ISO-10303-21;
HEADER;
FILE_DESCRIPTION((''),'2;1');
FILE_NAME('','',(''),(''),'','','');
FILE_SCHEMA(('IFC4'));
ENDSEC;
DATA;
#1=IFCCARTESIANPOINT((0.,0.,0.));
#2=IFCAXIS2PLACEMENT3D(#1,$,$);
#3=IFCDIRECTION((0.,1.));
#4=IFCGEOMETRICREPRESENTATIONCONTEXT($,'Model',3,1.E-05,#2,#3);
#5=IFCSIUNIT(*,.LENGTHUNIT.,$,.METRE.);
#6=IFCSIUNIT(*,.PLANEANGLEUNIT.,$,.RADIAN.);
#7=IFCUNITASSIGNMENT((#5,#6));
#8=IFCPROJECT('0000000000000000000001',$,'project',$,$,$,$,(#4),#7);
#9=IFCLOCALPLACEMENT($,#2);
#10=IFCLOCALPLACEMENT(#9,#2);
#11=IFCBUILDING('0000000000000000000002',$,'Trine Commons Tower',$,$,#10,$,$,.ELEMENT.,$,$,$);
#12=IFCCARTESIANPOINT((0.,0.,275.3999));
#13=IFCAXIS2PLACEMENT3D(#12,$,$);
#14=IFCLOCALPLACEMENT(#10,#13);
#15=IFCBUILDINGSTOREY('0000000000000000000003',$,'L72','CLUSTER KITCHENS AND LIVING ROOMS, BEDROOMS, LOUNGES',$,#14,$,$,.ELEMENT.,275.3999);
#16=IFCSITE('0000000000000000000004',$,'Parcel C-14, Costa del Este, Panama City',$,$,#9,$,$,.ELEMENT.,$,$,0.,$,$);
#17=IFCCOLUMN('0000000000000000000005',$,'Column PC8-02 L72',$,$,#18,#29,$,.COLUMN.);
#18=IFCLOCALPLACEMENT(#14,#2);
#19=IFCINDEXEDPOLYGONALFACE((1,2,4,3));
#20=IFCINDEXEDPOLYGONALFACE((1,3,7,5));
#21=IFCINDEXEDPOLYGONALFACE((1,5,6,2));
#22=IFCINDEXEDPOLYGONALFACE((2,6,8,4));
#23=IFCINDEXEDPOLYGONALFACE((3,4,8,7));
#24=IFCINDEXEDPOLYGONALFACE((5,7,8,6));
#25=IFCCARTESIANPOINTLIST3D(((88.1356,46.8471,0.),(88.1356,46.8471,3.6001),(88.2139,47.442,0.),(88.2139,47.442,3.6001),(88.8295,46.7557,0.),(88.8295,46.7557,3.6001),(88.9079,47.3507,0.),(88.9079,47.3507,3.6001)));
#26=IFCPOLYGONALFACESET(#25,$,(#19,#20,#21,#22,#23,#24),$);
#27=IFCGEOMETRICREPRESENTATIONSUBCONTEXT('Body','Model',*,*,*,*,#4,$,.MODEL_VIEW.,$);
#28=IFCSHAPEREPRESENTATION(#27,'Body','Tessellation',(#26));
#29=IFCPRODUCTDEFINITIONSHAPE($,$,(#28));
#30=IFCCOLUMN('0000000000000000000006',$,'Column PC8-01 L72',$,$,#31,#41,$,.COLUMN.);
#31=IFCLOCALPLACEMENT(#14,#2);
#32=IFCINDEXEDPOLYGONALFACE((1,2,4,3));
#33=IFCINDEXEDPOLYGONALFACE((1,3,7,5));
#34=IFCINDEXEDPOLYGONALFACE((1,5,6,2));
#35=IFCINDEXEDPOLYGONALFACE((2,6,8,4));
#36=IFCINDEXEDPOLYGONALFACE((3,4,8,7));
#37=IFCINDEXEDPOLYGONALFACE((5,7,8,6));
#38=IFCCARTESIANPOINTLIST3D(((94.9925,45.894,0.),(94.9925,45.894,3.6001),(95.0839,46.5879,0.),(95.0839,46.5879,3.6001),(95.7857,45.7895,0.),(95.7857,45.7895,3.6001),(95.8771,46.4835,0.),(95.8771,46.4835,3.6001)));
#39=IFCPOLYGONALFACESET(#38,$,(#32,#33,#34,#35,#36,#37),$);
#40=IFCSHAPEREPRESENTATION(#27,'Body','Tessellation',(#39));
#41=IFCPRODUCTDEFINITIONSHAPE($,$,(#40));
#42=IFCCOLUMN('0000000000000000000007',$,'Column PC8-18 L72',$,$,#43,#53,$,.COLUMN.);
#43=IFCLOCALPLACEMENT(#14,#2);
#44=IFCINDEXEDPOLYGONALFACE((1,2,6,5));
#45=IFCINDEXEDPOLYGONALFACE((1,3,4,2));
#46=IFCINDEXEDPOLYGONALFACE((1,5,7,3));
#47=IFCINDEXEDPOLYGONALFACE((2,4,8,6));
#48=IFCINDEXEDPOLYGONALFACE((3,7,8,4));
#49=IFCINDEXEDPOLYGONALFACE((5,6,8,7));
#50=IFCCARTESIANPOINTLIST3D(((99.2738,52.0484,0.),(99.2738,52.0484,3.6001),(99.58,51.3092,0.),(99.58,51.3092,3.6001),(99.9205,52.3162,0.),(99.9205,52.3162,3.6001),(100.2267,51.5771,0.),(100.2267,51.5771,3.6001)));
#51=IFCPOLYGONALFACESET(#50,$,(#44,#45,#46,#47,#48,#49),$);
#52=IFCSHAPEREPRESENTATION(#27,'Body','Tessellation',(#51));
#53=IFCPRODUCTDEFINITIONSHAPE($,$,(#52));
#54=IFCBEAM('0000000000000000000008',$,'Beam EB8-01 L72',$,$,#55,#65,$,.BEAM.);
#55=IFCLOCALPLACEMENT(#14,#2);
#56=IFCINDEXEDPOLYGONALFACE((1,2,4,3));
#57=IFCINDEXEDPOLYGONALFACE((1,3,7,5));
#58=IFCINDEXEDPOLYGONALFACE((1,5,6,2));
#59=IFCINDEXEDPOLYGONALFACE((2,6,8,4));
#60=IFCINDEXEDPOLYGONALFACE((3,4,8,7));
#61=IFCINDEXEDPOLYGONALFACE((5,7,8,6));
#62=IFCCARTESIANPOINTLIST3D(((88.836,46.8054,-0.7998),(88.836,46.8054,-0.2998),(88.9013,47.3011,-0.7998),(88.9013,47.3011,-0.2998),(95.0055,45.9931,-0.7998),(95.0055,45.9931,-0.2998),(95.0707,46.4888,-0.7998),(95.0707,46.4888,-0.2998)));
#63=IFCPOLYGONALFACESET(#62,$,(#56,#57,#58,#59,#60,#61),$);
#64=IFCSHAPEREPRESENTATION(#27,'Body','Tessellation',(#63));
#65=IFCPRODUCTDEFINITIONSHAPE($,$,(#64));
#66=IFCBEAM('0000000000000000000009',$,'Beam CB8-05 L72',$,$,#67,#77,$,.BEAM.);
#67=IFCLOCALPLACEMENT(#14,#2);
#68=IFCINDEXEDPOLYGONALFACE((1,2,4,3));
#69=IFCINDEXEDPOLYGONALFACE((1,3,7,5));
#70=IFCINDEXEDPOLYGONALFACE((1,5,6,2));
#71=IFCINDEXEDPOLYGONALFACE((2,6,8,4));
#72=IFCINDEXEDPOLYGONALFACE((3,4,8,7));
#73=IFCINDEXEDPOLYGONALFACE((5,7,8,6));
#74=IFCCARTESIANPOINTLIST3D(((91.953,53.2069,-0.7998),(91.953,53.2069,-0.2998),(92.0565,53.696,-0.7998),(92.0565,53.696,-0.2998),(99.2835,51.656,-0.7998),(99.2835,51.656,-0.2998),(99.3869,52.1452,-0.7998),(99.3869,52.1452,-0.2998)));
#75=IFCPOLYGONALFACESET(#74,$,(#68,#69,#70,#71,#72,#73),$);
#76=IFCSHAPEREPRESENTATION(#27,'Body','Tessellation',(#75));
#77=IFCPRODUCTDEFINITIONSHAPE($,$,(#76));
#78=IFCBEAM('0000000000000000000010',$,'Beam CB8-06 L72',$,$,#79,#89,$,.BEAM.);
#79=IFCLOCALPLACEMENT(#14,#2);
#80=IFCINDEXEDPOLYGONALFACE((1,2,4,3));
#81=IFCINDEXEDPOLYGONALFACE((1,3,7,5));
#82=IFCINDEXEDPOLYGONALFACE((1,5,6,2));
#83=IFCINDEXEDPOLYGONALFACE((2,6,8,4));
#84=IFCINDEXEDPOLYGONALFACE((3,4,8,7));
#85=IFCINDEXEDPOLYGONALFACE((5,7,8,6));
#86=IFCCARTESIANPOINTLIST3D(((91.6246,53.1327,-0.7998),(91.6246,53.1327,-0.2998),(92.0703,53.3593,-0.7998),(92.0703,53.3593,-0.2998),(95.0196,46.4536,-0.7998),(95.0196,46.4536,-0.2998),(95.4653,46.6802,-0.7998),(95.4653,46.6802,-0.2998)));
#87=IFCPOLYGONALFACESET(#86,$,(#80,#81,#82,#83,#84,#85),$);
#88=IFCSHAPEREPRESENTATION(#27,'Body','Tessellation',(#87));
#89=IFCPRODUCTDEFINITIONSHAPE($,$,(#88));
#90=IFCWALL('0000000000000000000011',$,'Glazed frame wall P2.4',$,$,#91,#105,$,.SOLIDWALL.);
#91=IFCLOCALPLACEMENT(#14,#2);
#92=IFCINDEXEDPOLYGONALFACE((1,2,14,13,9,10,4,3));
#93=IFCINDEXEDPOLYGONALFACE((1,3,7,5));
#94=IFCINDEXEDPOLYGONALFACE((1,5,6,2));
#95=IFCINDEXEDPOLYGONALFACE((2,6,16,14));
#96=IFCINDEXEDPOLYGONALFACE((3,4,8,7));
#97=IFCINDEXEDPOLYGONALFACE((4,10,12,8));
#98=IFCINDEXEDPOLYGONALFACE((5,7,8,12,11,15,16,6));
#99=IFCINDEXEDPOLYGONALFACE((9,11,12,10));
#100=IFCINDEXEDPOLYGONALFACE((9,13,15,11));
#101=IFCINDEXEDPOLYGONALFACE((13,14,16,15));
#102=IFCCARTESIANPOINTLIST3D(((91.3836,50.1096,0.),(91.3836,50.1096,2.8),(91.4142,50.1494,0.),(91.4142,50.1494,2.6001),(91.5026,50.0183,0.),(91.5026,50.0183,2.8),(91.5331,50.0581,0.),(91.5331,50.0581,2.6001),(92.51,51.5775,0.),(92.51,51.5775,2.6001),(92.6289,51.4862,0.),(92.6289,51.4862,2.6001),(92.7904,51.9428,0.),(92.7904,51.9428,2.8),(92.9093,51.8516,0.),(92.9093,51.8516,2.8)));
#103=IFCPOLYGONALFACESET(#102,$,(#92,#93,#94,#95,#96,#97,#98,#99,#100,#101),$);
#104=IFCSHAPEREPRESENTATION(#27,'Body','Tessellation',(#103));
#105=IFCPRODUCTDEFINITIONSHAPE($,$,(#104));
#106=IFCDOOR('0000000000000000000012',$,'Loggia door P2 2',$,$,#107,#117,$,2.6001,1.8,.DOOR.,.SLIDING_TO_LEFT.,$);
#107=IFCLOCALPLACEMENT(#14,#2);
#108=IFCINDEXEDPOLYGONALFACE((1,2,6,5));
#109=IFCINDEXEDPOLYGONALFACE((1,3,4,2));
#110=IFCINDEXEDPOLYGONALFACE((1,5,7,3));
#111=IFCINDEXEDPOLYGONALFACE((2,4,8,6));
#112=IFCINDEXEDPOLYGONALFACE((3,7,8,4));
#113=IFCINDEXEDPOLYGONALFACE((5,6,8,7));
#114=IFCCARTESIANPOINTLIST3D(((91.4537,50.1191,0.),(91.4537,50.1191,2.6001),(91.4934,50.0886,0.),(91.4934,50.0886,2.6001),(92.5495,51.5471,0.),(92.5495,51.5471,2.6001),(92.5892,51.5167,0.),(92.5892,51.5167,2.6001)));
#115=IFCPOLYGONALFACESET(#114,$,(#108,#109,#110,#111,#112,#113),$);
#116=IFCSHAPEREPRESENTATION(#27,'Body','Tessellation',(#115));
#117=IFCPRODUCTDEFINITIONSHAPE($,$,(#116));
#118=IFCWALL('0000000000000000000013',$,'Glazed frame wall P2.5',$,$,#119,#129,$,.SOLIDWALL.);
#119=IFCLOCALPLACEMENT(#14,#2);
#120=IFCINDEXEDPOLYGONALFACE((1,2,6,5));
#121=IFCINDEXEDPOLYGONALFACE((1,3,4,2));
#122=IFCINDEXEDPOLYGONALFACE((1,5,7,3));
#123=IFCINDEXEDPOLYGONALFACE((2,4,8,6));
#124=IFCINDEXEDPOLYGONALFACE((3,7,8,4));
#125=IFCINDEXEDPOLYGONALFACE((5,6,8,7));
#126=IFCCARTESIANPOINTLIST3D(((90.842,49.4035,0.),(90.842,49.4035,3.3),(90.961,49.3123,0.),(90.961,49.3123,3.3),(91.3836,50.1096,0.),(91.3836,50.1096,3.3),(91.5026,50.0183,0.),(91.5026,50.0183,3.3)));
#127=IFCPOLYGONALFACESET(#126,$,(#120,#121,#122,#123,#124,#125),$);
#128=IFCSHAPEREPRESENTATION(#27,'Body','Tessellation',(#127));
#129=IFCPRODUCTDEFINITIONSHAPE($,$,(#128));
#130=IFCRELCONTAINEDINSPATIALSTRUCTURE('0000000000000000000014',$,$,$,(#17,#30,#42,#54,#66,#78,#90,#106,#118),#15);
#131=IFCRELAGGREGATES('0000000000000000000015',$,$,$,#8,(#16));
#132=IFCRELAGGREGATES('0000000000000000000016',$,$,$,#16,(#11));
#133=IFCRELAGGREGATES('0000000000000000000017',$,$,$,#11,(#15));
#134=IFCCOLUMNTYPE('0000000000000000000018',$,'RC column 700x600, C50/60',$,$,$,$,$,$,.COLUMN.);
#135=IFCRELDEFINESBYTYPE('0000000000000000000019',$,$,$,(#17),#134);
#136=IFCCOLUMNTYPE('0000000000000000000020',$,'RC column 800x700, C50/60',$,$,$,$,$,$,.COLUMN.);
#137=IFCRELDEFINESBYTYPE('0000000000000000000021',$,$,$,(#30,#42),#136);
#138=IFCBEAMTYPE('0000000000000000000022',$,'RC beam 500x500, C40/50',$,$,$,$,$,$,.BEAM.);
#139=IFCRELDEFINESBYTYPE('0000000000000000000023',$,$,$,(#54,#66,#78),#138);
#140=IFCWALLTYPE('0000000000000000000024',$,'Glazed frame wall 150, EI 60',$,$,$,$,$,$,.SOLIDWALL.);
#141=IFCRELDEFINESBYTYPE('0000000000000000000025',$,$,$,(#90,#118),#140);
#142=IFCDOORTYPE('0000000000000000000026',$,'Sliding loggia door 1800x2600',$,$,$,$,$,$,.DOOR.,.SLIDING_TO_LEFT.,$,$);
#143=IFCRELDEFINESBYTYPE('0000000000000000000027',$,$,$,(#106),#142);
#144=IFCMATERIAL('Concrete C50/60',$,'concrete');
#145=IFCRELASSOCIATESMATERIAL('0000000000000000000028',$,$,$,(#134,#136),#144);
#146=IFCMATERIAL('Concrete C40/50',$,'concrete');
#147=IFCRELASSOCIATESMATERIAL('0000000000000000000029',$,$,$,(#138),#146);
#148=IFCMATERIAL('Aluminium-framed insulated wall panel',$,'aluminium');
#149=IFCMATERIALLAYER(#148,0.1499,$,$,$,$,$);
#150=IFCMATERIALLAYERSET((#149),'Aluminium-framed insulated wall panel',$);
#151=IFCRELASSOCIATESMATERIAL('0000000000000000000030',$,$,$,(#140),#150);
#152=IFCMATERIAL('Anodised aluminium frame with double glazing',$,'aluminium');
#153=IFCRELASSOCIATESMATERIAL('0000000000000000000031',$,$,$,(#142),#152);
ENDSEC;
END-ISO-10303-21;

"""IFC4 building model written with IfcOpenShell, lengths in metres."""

from ifc_helpers import new_model, si_unit, direction, frame, frame_2d, origin, origin_2d, place, context, subcontext, project, spatial, polyline, rectangle, outline, extrude, material, layer, layer_set, material_profile, profile_set, type_object, element, fill, save


model = new_model("IFC4")

# Units and contexts
model_context = context("Model", 3, precision=1e-05, world=origin(), true_north=direction((0.0, 1.0)))
body_context = subcontext(model_context, "Body", "Model", "MODEL_VIEW")
ifc_project = project(units=[si_unit("LENGTHUNIT", "METRE"), si_unit("PLANEANGLEUNIT", "RADIAN")], contexts=[model_context])

# Site, building, storey
site_placement = place(None, origin())
site = spatial("IfcSite", under=ifc_project, at=site_placement, Name="Parcel C-14, Costa del Este, Panama City", CompositionType="ELEMENT", RefElevation=0.0)
building_placement = place(site_placement, origin())
building = spatial("IfcBuilding", under=site, at=building_placement, Name="Trine Commons Tower", CompositionType="ELEMENT")
storey_placement = place(building_placement, frame((0.0, 0.0, 275.3999)))
storey = spatial("IfcBuildingStorey", under=building, at=storey_placement, Name="L72", Description="CLUSTER KITCHENS AND LIVING ROOMS, BEDROOMS, LOUNGES", CompositionType="ELEMENT", Elevation=275.3999)

# Columns
ifc_material_1 = material(Name="Concrete C50/60", Category="concrete")
ifc_material_profile_1 = material_profile(ifc_material_1, rectangle(XDim=0.7, YDim=0.6001, at=origin_2d()), Name="RC 700x600")
ifc_profile_set_1 = profile_set([ifc_material_profile_1], Name="Concrete C50/60")
column_type_1 = type_object("IfcColumnType", Name="RC column 700x600, C50/60", PredefinedType="COLUMN", material=ifc_profile_set_1)
column_placement = place(storey_placement, frame((88.5217, 47.0989, 0.0), z_axis=(0.0, 0.0, 1.0), x_axis=(-0.991445, 0.130526, 0.0)))
element("IfcColumn", 1, at=column_placement, inside=storey, type_object=column_type_1, Name="Column PC8-02 L72", PredefinedType="COLUMN", context=body_context, shape_type="SweptSolid", body=[
    extrude(rectangle(XDim=0.7, YDim=0.6001, at=origin_2d()), origin(), (0.0, 0.0, 1.0), 3.6001),
])
ifc_material_profile_2 = material_profile(ifc_material_1, rectangle(XDim=0.8, YDim=0.7, at=origin_2d()), Name="RC 800x700")
ifc_profile_set_2 = profile_set([ifc_material_profile_2], Name="Concrete C50/60")
column_type_2 = type_object("IfcColumnType", Name="RC column 800x700, C50/60", PredefinedType="COLUMN", material=ifc_profile_set_2)
for number, where, z_axis, x_axis, name in (
    (2, (95.4348, 46.1887, 0.0), (0.0, 0.0, 1.0), (-0.991445, 0.130526, 0.0), "Column PC8-01 L72"),
    (3, (99.7502, 51.8127, 0.0), (0.0, 0.0, 1.0), (-0.382683, 0.92388, 0.0), "Column PC8-18 L72"),
):
    element("IfcColumn", number, at=place(storey_placement, frame(where, z_axis=z_axis, x_axis=x_axis)), inside=storey, type_object=column_type_2, Name=name, PredefinedType="COLUMN", context=body_context, shape_type="SweptSolid", body=[
        extrude(rectangle(XDim=0.8, YDim=0.7, at=origin_2d()), origin(), (0.0, 0.0, 1.0), 3.6001),
    ])

# Beams
ifc_material_2 = material(Name="Concrete C40/50", Category="concrete")
ifc_material_profile_3 = material_profile(ifc_material_2, rectangle(XDim=0.5, YDim=0.5, at=origin_2d()), Name="RC 500x500")
ifc_profile_set_3 = profile_set([ifc_material_profile_3], Name="Concrete C40/50")
beam_type = type_object("IfcBeamType", Name="RC beam 500x500, C40/50", PredefinedType="BEAM", material=ifc_profile_set_3)
beam_1_placement = place(storey_placement, frame((95.0381, 46.241, -0.5498), z_axis=(-0.991444, 0.130532, 0.0), x_axis=(-0.130532, -0.991444, 0.0)))
element("IfcBeam", 4, at=beam_1_placement, inside=storey, type_object=beam_type, Name="Beam EB8-01 L72", PredefinedType="BEAM", context=body_context, shape_type="SweptSolid", body=[
    extrude(rectangle(XDim=0.5, YDim=0.5, at=origin_2d()), origin(), (0.0, 0.0, 1.0), 6.2227),
])
beam_2_placement = place(storey_placement, frame((99.3352, 51.9006, -0.5498), z_axis=(-0.978346, 0.206976, 0.0), x_axis=(-0.206976, -0.978346, 0.0)))
element("IfcBeam", 5, at=beam_2_placement, inside=storey, type_object=beam_type, Name="Beam CB8-05 L72", PredefinedType="BEAM", context=body_context, shape_type="SweptSolid", body=[
    extrude(rectangle(XDim=0.5, YDim=0.5, at=origin_2d()), origin(), (0.0, 0.0, 1.0), 7.4927),
])
beam_3_placement = place(storey_placement, frame((95.2424, 46.5669, -0.5498), z_axis=(-0.453121, 0.891449, 0.0), x_axis=(-0.891449, -0.453121, 0.0)))
element("IfcBeam", 6, at=beam_3_placement, inside=storey, type_object=beam_type, Name="Beam CB8-06 L72", PredefinedType="BEAM", context=body_context, shape_type="SweptSolid", body=[
    extrude(rectangle(XDim=0.5, YDim=0.5, at=origin_2d()), origin(), (0.0, 0.0, 1.0), 7.4924),
])

# Wall, opening, door
ifc_material_3 = material(Name="Aluminium-framed insulated wall panel", Category="aluminium")
ifc_layer_1 = layer(ifc_material_3, 0.1499)
ifc_layer_set_1 = layer_set([ifc_layer_1], Name="Aluminium-framed insulated wall panel")
wall_type_1 = type_object("IfcWallType", Name="Glazed frame wall 150, EI 60", PredefinedType="SOLIDWALL", material=ifc_layer_set_1)
wall_1_placement = place(storey_placement, frame((92.8499, 51.8972, 0.0), z_axis=(0.0, 0.0, 1.0), x_axis=(-0.608771, -0.793346, 0.0)))
wall_1 = element("IfcWall", 7, at=wall_1_placement, inside=storey, type_object=wall_type_1, Name="Glazed frame wall P2.4", PredefinedType="SOLIDWALL", context=body_context, shape_type="SweptSolid", body=[
    extrude(outline(polyline([(0.0, -0.075), (2.3108, -0.075), (2.3108, 0.075), (0.0, 0.075), (0.0, -0.075)])), origin(), (0.0, 0.0, 1.0), 2.8),
])
opening_1_placement = place(wall_1_placement, frame((0.4607, 0.0, 0.0)))
opening_1 = element("IfcOpeningElement", 8, at=opening_1_placement, cuts=wall_1, PredefinedType="OPENING", context=body_context, shape_type="SweptSolid", body=[
    extrude(rectangle(XDim=1.8, YDim=2.6001, at=frame_2d((0.8999, 1.3))), frame((0.0, 0.085, 0.0), z_axis=(0.0, -1.0, 0.0), x_axis=(1.0, 0.0, 0.0)), (0.0, 0.0, 1.0), 0.1699),
])
ifc_material_4 = material(Name="Anodised aluminium frame with double glazing", Category="aluminium")
door_type = type_object("IfcDoorType", Name="Sliding loggia door 1800x2600", OperationType="SLIDING_TO_LEFT", PredefinedType="DOOR", material=ifc_material_4)
door_1_placement = place(opening_1_placement, origin())
door_1 = element("IfcDoor", 9, at=door_1_placement, inside=storey, type_object=door_type, Name="Loggia door P2 2", OperationType="SLIDING_TO_LEFT", OverallHeight=2.6001, OverallWidth=1.8, PredefinedType="DOOR", context=body_context, shape_type="SweptSolid", body=[
    extrude(rectangle(XDim=1.8, YDim=2.6001, at=frame_2d((0.8999, 1.3))), frame((0.0, 0.0249, 0.0), z_axis=(0.0, -1.0, 0.0), x_axis=(1.0, 0.0, 0.0)), (0.0, 0.0, 1.0), 0.05),
])
fill(opening_1, door_1)

# Wall
wall_2_placement = place(storey_placement, frame((91.4431, 50.064, 0.0), z_axis=(0.0, 0.0, 1.0), x_axis=(-0.608637, -0.793449, 0.0)))
element("IfcWall", 10, at=wall_2_placement, inside=storey, type_object=wall_type_1, Name="Glazed frame wall P2.5", PredefinedType="SOLIDWALL", context=body_context, shape_type="SweptSolid", body=[
    extrude(outline(polyline([(0.8899, 0.075), (0.0, 0.075), (0.0, -0.075), (0.8899, -0.075), (0.8899, 0.075)])), origin(), (0.0, 0.0, 1.0), 3.3),
])

save(model, "model.ifc")
